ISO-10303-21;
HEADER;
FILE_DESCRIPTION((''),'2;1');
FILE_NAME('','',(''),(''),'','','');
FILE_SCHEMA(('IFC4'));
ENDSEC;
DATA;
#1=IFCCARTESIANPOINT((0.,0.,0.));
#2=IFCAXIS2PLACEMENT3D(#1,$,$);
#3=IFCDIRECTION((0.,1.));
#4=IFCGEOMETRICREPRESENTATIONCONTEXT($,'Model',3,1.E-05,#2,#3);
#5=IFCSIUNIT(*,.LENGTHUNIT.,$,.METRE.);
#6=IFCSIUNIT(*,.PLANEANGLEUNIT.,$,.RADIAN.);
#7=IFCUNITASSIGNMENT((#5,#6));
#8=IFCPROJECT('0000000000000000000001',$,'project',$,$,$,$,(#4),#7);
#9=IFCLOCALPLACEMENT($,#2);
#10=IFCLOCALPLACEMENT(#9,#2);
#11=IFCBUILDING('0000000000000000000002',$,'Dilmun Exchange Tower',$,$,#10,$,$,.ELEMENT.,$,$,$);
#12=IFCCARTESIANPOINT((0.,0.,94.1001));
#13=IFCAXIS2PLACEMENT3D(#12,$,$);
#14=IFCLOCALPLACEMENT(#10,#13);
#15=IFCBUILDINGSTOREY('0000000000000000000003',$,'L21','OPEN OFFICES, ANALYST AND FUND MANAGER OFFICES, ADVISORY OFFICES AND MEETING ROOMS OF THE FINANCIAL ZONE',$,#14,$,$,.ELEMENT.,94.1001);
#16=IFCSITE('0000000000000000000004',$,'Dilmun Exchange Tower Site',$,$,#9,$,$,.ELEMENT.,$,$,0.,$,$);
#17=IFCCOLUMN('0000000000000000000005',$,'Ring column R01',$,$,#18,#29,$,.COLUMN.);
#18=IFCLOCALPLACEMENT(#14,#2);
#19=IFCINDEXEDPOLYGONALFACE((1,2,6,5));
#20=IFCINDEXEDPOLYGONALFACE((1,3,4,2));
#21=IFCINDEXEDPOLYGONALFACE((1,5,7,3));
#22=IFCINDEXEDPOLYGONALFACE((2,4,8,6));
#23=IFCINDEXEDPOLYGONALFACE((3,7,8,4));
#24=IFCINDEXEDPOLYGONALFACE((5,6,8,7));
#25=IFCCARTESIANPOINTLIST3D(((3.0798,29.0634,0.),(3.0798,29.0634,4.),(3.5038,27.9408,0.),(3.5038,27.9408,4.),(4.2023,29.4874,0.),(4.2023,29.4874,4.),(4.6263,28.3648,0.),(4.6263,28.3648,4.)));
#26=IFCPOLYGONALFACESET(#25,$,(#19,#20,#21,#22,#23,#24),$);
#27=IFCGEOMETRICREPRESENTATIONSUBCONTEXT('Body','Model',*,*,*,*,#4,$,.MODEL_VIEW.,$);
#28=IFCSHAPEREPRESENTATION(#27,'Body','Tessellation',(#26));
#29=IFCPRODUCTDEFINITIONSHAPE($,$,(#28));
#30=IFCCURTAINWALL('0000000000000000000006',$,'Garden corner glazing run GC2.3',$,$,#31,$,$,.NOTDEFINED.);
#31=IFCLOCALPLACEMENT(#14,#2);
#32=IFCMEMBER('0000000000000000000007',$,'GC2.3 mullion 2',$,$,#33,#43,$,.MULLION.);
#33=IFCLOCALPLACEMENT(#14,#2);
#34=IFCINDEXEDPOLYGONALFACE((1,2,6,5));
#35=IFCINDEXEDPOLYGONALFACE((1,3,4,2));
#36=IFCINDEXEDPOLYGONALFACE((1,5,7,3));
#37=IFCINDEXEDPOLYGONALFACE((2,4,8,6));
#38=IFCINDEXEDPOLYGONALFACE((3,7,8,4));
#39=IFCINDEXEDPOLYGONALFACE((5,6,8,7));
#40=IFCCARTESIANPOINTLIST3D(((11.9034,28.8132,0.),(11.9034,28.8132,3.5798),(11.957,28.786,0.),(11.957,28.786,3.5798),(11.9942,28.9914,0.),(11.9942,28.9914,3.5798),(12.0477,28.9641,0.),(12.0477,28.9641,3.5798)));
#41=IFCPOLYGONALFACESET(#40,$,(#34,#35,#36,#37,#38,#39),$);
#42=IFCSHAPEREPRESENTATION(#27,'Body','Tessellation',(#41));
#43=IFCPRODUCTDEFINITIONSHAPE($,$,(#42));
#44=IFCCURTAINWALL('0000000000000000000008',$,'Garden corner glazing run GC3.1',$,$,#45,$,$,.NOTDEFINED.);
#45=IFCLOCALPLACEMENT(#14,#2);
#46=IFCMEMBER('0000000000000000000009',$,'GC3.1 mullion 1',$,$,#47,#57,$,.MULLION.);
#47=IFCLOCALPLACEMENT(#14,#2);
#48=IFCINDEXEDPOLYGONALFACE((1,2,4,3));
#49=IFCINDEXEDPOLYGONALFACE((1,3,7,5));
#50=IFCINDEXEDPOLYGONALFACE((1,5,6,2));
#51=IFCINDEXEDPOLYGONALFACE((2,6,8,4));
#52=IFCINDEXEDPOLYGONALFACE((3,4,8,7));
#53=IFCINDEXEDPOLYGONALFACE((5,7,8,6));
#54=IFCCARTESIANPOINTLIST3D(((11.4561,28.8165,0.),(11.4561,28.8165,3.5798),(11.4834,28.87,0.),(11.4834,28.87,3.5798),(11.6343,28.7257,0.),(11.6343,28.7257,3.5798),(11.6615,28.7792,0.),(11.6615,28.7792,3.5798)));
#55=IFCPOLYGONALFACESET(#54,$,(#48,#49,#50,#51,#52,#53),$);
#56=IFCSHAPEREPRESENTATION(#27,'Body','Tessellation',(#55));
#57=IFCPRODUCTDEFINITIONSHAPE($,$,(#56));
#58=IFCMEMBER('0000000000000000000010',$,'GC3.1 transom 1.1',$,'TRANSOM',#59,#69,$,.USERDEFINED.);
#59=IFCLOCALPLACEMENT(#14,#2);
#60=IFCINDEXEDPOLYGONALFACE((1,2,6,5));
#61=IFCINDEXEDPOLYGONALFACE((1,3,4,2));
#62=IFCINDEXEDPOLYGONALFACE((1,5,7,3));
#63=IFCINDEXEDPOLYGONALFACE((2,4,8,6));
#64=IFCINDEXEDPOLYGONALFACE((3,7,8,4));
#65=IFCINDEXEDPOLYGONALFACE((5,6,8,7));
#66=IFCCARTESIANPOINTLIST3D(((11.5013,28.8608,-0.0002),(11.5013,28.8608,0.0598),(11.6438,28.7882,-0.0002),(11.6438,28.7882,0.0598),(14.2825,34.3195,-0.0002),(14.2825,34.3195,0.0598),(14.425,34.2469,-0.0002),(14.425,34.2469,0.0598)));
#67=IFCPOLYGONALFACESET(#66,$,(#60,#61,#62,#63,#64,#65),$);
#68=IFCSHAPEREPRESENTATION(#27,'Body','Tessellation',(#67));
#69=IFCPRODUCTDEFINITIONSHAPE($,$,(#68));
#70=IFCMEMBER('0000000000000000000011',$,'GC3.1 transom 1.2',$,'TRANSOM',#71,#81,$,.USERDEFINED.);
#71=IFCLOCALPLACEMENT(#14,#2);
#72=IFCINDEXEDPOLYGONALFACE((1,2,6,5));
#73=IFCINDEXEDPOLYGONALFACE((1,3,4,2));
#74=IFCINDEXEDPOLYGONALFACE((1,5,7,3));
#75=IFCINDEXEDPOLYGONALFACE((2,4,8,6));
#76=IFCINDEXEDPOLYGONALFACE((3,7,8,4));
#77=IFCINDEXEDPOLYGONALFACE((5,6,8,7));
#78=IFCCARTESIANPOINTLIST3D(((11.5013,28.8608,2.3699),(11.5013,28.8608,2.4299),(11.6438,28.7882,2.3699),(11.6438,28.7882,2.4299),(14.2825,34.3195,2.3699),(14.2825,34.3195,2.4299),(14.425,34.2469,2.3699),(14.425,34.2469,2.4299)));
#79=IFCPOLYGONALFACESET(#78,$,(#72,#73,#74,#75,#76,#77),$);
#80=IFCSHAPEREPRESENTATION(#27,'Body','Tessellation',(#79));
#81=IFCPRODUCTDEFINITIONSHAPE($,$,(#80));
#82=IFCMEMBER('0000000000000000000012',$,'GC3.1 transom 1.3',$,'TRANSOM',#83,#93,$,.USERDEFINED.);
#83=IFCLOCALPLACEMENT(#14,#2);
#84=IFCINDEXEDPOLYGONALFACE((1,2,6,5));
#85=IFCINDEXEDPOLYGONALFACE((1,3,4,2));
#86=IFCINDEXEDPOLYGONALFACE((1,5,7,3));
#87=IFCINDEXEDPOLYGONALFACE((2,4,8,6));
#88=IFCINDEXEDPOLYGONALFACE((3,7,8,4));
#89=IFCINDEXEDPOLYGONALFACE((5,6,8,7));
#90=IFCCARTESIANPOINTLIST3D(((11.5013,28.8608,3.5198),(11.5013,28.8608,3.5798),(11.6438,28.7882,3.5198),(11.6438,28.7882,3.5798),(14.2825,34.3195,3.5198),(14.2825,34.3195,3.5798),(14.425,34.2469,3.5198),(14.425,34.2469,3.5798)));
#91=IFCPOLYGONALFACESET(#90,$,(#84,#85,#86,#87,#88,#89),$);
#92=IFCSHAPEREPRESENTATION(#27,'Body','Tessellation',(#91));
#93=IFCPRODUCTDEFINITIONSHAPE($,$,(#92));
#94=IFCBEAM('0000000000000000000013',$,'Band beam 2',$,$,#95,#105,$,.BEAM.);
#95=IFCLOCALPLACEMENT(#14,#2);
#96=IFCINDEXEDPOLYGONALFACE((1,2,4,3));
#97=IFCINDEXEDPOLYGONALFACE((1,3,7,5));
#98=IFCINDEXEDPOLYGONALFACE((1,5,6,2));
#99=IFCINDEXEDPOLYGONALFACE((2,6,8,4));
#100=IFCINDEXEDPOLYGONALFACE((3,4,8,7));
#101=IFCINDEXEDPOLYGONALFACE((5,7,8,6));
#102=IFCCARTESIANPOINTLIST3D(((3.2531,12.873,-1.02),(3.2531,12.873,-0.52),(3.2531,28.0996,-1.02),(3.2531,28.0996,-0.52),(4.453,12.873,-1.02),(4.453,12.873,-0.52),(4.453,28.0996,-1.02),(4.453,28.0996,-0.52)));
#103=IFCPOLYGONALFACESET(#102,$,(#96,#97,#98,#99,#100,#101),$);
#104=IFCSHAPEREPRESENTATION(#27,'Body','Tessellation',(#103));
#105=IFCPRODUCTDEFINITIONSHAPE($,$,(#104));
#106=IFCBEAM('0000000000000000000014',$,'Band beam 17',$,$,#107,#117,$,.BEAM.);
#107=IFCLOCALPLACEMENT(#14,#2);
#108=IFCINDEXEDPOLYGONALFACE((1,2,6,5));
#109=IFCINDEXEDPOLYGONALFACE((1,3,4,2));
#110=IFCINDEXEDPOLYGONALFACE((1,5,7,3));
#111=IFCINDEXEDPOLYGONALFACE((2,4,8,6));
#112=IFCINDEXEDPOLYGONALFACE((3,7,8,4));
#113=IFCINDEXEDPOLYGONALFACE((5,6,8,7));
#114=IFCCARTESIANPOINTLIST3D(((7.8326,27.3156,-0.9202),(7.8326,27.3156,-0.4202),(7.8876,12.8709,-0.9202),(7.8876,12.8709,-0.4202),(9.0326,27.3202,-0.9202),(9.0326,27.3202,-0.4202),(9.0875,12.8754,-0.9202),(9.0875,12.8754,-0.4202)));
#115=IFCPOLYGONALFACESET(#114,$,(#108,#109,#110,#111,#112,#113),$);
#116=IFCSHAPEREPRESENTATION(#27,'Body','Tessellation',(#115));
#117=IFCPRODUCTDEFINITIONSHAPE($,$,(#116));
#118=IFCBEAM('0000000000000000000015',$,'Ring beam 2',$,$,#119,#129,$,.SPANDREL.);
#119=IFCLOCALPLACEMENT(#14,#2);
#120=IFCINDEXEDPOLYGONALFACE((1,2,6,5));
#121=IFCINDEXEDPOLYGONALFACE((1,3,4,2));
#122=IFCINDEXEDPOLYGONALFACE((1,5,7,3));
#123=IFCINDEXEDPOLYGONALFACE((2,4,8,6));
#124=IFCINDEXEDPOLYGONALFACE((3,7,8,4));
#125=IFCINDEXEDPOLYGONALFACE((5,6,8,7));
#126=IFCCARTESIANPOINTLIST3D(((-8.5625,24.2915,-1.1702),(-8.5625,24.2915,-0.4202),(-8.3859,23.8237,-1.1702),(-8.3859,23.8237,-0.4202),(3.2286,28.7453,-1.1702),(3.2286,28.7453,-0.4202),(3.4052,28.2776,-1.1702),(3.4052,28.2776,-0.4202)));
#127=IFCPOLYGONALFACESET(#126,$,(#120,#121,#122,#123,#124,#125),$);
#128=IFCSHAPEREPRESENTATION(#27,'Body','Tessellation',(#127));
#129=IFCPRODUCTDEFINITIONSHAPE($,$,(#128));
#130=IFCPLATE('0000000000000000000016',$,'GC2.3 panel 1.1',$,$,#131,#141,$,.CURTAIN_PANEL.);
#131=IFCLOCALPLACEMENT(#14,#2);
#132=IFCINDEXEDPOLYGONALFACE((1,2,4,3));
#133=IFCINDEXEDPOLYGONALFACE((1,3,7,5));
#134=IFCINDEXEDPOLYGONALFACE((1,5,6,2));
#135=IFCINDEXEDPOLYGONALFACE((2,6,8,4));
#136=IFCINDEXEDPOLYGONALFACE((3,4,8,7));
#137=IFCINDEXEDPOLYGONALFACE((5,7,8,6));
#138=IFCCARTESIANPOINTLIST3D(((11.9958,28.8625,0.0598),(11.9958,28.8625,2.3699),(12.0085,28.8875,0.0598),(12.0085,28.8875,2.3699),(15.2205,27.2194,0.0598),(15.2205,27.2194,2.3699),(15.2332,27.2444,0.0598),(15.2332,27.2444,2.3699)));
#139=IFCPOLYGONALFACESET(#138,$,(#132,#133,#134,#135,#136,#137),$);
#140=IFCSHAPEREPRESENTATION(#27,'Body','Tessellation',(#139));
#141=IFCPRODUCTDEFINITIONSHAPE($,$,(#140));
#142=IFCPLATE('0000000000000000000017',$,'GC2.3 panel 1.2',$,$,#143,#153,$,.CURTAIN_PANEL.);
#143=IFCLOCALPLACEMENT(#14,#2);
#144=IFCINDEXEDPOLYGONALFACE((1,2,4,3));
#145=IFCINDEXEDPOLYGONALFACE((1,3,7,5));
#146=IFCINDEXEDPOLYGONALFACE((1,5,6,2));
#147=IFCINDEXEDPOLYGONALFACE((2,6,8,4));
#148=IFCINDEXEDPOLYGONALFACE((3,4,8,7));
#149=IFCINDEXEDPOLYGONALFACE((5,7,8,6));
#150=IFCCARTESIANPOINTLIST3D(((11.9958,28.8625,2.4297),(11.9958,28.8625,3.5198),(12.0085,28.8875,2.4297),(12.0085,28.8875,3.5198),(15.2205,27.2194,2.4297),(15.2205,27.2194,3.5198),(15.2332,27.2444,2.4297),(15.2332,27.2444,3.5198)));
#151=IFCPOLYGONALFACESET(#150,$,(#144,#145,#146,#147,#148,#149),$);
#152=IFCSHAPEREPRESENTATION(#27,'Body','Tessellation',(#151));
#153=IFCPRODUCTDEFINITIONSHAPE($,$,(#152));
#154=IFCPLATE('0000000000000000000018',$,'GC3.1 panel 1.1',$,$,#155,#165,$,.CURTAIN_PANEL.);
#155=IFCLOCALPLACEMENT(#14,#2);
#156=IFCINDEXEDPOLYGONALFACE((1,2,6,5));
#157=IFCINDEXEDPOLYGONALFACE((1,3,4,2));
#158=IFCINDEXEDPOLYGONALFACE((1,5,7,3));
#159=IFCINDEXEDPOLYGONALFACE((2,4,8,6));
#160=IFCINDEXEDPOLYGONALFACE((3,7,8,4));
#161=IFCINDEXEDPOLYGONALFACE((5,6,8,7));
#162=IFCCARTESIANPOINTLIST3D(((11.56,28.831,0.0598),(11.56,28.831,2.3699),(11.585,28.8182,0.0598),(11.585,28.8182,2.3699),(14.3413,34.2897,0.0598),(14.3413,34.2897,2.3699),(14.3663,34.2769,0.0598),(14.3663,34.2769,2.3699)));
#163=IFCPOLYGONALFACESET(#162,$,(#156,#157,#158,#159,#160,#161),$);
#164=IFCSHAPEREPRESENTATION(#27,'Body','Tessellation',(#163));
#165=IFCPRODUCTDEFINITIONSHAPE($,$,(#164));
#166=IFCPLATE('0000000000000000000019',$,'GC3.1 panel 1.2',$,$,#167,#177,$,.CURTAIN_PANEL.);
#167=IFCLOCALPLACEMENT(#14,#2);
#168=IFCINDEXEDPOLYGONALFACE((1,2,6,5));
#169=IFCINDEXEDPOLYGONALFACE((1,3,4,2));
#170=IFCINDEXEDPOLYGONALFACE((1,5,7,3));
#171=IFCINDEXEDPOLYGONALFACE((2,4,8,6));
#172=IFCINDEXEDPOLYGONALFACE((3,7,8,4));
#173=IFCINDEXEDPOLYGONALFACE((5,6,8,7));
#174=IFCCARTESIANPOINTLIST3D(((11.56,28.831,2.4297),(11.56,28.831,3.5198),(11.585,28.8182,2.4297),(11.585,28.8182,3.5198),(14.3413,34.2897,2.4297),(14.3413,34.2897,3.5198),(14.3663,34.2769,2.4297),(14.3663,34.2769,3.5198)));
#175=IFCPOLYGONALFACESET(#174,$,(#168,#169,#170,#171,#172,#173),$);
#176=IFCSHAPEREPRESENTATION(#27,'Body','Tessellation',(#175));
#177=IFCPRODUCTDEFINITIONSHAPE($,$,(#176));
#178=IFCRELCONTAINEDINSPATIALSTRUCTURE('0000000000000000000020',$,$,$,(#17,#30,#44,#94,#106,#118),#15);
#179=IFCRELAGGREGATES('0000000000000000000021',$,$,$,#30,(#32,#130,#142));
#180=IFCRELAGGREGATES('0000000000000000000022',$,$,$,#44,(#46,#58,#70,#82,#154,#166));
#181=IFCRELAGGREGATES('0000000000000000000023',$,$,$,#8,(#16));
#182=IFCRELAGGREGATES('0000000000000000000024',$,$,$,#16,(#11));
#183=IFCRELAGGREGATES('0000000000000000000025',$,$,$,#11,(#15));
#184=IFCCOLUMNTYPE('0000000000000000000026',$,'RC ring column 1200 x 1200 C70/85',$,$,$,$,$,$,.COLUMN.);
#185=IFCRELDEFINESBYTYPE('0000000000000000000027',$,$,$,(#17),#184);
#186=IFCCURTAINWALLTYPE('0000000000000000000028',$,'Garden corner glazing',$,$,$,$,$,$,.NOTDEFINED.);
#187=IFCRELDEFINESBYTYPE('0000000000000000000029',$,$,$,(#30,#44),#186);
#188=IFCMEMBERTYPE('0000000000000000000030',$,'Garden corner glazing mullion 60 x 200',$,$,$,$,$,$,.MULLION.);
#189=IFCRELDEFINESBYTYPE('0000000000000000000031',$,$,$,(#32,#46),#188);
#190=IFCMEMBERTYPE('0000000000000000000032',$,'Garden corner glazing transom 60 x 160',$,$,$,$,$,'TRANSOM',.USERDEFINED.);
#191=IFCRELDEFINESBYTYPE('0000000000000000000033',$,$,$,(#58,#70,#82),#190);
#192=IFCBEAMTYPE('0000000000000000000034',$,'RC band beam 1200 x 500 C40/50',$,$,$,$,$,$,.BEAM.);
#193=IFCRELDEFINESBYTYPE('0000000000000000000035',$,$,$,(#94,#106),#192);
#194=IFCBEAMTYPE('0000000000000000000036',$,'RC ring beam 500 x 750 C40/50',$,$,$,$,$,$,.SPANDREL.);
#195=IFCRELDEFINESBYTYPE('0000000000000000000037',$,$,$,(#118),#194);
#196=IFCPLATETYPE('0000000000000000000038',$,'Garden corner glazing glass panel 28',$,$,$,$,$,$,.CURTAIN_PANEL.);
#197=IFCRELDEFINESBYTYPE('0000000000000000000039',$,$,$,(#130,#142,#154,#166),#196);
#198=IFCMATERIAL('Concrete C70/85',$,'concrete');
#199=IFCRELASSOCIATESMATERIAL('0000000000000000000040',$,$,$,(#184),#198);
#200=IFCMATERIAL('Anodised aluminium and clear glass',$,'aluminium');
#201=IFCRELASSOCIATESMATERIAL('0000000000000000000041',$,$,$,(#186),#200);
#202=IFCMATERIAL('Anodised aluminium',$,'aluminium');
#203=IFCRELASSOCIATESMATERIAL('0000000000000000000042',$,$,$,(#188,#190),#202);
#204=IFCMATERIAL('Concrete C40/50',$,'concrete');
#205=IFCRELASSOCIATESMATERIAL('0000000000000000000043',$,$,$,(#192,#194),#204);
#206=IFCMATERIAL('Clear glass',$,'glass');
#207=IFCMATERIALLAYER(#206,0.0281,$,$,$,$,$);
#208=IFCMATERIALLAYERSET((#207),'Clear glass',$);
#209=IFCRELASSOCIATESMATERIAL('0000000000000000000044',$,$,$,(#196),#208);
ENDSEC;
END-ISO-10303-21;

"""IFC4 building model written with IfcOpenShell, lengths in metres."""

from ifc_helpers import new_model, si_unit, direction, frame, origin, origin_2d, place, context, subcontext, project, spatial, rectangle, extrude, material, layer, layer_set, material_profile, profile_set, type_object, element, aggregate, save


model = new_model("IFC4")

# Units and contexts
model_context = context("Model", 3, precision=1e-05, world=origin(), true_north=direction((0.0, 1.0)))
body_context = subcontext(model_context, "Body", "Model", "MODEL_VIEW")
ifc_project = project(units=[si_unit("LENGTHUNIT", "METRE"), si_unit("PLANEANGLEUNIT", "RADIAN")], contexts=[model_context])

# Site, building, storey
site_placement = place(None, origin())
site = spatial("IfcSite", under=ifc_project, at=site_placement, Name="Dilmun Exchange Tower Site", CompositionType="ELEMENT", RefElevation=0.0)
building_placement = place(site_placement, origin())
building = spatial("IfcBuilding", under=site, at=building_placement, Name="Dilmun Exchange Tower", CompositionType="ELEMENT")
storey_placement = place(building_placement, frame((0.0, 0.0, 94.1001)))
storey = spatial("IfcBuildingStorey", under=building, at=storey_placement, Name="L21", Description="OPEN OFFICES, ANALYST AND FUND MANAGER OFFICES, ADVISORY OFFICES AND MEETING ROOMS OF THE FINANCIAL ZONE", CompositionType="ELEMENT", Elevation=94.1001)

# Column
ifc_material_1 = material(Name="Concrete C70/85", Category="concrete")
ifc_material_profile_1 = material_profile(ifc_material_1, rectangle(XDim=1.2, YDim=1.2, at=origin_2d()), Name="1200 x 1200")
ifc_profile_set_1 = profile_set([ifc_material_profile_1], Name="Concrete C70/85")
column_type = type_object("IfcColumnType", Name="RC ring column 1200 x 1200 C70/85", PredefinedType="COLUMN", material=ifc_profile_set_1)
column_placement = place(storey_placement, frame((3.853, 28.7141, 0.0), z_axis=(0.0, 0.0, 1.0), x_axis=(0.935492, 0.353349, 0.0)))
element("IfcColumn", 1, at=column_placement, inside=storey, type_object=column_type, Name="Ring column R01", PredefinedType="COLUMN", context=body_context, shape_type="SweptSolid", body=[
    extrude(rectangle(XDim=1.2, YDim=1.2, at=origin_2d()), origin(), (0.0, 0.0, 1.0), 4.0),
])

# Curtain wall, member
ifc_material_2 = material(Name="Anodised aluminium and clear glass", Category="aluminium")
curtain_wall_type = type_object("IfcCurtainWallType", Name="Garden corner glazing", PredefinedType="NOTDEFINED", material=ifc_material_2)
curtain_wall_1_placement = place(storey_placement, origin())
curtain_wall_1 = element("IfcCurtainWall", 2, at=curtain_wall_1_placement, inside=storey, type_object=curtain_wall_type, Name="Garden corner glazing run GC2.3", PredefinedType="NOTDEFINED")
ifc_material_3 = material(Name="Anodised aluminium", Category="aluminium")
ifc_material_profile_2 = material_profile(ifc_material_3, rectangle(XDim=0.2, YDim=0.0601, at=origin_2d()), Name="AL 60x200")
ifc_profile_set_2 = profile_set([ifc_material_profile_2], Name="Anodised aluminium")
member_type_1 = type_object("IfcMemberType", Name="Garden corner glazing mullion 60 x 200", PredefinedType="MULLION", material=ifc_profile_set_2)
member_1_placement = place(storey_placement, frame((11.9756, 28.8887, 0.0), z_axis=(0.0, 0.0, 1.0), x_axis=(-0.453994, -0.891005, 0.0)))
member_1 = element("IfcMember", 3, at=member_1_placement, type_object=member_type_1, Name="GC2.3 mullion 2", PredefinedType="MULLION", context=body_context, shape_type="SweptSolid", body=[
    extrude(rectangle(XDim=0.2, YDim=0.0601, at=origin_2d()), origin(), (0.0, 0.0, 1.0), 3.5798),
])

# Curtain wall, members
curtain_wall_2_placement = place(storey_placement, origin())
curtain_wall_2 = element("IfcCurtainWall", 4, at=curtain_wall_2_placement, inside=storey, type_object=curtain_wall_type, Name="Garden corner glazing run GC3.1", PredefinedType="NOTDEFINED")
member_2_placement = place(storey_placement, frame((11.5588, 28.7979, 0.0), z_axis=(0.0, 0.0, 1.0), x_axis=(-0.891007, 0.453989, 0.0)))
member_2 = element("IfcMember", 5, at=member_2_placement, type_object=member_type_1, Name="GC3.1 mullion 1", PredefinedType="MULLION", context=body_context, shape_type="SweptSolid", body=[
    extrude(rectangle(XDim=0.2, YDim=0.0601, at=origin_2d()), origin(), (0.0, 0.0, 1.0), 3.5798),
])
ifc_material_profile_3 = material_profile(ifc_material_3, rectangle(XDim=0.1599, YDim=0.0601, at=origin_2d()), Name="AL 60x160")
ifc_profile_set_3 = profile_set([ifc_material_profile_3], Name="Anodised aluminium")
member_type_2 = type_object("IfcMemberType", Name="Garden corner glazing transom 60 x 160", ElementType="TRANSOM", PredefinedType="USERDEFINED", material=ifc_profile_set_3)
member_3_placement = place(storey_placement, frame((11.5725, 28.8245, 0.0298), z_axis=(0.453975, 0.891014, 0.0), x_axis=(-0.891014, 0.453975, 0.0)))
member_3 = element("IfcMember", 6, at=member_3_placement, type_object=member_type_2, Name="GC3.1 transom 1.1", ObjectType="TRANSOM", PredefinedType="USERDEFINED", context=body_context, shape_type="SweptSolid", body=[
    extrude(rectangle(XDim=0.1599, YDim=0.0601, at=origin_2d()), origin(), (0.0, 0.0, 1.0), 6.1265),
])
member_4_placement = place(storey_placement, frame((11.5725, 28.8245, 2.3999), z_axis=(0.453975, 0.891014, 0.0), x_axis=(-0.891014, 0.453975, 0.0)))
member_4 = element("IfcMember", 7, at=member_4_placement, type_object=member_type_2, Name="GC3.1 transom 1.2", ObjectType="TRANSOM", PredefinedType="USERDEFINED", context=body_context, shape_type="SweptSolid", body=[
    extrude(rectangle(XDim=0.1599, YDim=0.0601, at=origin_2d()), origin(), (0.0, 0.0, 1.0), 6.1265),
])
member_5_placement = place(storey_placement, frame((11.5725, 28.8245, 3.5498), z_axis=(0.453975, 0.891014, 0.0), x_axis=(-0.891014, 0.453975, 0.0)))
member_5 = element("IfcMember", 8, at=member_5_placement, type_object=member_type_2, Name="GC3.1 transom 1.3", ObjectType="TRANSOM", PredefinedType="USERDEFINED", context=body_context, shape_type="SweptSolid", body=[
    extrude(rectangle(XDim=0.1599, YDim=0.0601, at=origin_2d()), origin(), (0.0, 0.0, 1.0), 6.1265),
])

# Beams
ifc_material_4 = material(Name="Concrete C40/50", Category="concrete")
ifc_material_profile_4 = material_profile(ifc_material_4, rectangle(XDim=1.2, YDim=0.5, at=origin_2d()), Name="1200 x 500")
ifc_profile_set_4 = profile_set([ifc_material_profile_4], Name="Concrete C40/50")
beam_type_1 = type_object("IfcBeamType", Name="RC band beam 1200 x 500 C40/50", PredefinedType="BEAM", material=ifc_profile_set_4)
beam_1_placement = place(storey_placement, frame((3.853, 28.0996, -0.77), z_axis=(0.0, -1.0, 0.0), x_axis=(1.0, 0.0, 0.0)))
element("IfcBeam", 9, at=beam_1_placement, inside=storey, type_object=beam_type_1, Name="Band beam 2", PredefinedType="BEAM", context=body_context, shape_type="SweptSolid", body=[
    extrude(rectangle(XDim=1.2, YDim=0.5, at=origin_2d()), origin(), (0.0, 0.0, 1.0), 15.2266),
])
beam_2_placement = place(storey_placement, frame((8.4326, 27.3179, -0.6702), z_axis=(0.003803, -0.999993, 0.0), x_axis=(0.999993, 0.003803, 0.0)))
element("IfcBeam", 10, at=beam_2_placement, inside=storey, type_object=beam_type_1, Name="Band beam 17", PredefinedType="BEAM", context=body_context, shape_type="SweptSolid", body=[
    extrude(rectangle(XDim=1.2, YDim=0.5, at=origin_2d()), origin(), (0.0, 0.0, 1.0), 14.4448),
])
ifc_material_profile_5 = material_profile(ifc_material_4, rectangle(XDim=0.5, YDim=0.75, at=origin_2d()), Name="500 x 750")
ifc_profile_set_5 = profile_set([ifc_material_profile_5], Name="Concrete C40/50")
beam_type_2 = type_object("IfcBeamType", Name="RC ring beam 500 x 750 C40/50", PredefinedType="SPANDREL", material=ifc_profile_set_5)
beam_3_placement = place(storey_placement, frame((3.3169, 28.5115, -0.7952), z_axis=(-0.935486, -0.353364, 0.0), x_axis=(0.353364, -0.935486, 0.0)))
element("IfcBeam", 11, at=beam_3_placement, inside=storey, type_object=beam_type_2, Name="Ring beam 2", PredefinedType="SPANDREL", context=body_context, shape_type="SweptSolid", body=[
    extrude(rectangle(XDim=0.5, YDim=0.75, at=origin_2d()), origin(), (0.0, 0.0, 1.0), 12.6042),
])

# Plates
ifc_material_5 = material(Name="Clear glass", Category="glass")
ifc_layer_1 = layer(ifc_material_5, 0.0281)
ifc_layer_set_1 = layer_set([ifc_layer_1], Name="Clear glass")
plate_type = type_object("IfcPlateType", Name="Garden corner glazing glass panel 28", PredefinedType="CURTAIN_PANEL", material=ifc_layer_set_1)
plate_1_placement = place(storey_placement, frame((13.6145, 28.0535, 0.0598), z_axis=(0.0, 0.0, 1.0), x_axis=(-0.891005, 0.453994, 0.0)))
plate_1 = element("IfcPlate", 12, at=plate_1_placement, type_object=plate_type, Name="GC2.3 panel 1.1", PredefinedType="CURTAIN_PANEL", context=body_context, shape_type="SweptSolid", body=[
    extrude(rectangle(XDim=3.6191, YDim=0.0281, at=origin_2d()), origin(), (0.0, 0.0, 1.0), 2.3101),
])
plate_2_placement = place(storey_placement, frame((13.6145, 28.0535, 2.4297), z_axis=(0.0, 0.0, 1.0), x_axis=(-0.891005, 0.453994, 0.0)))
plate_2 = element("IfcPlate", 13, at=plate_2_placement, type_object=plate_type, Name="GC2.3 panel 1.2", PredefinedType="CURTAIN_PANEL", context=body_context, shape_type="SweptSolid", body=[
    extrude(rectangle(XDim=3.6191, YDim=0.0281, at=origin_2d()), origin(), (0.0, 0.0, 1.0), 1.0901),
])
aggregate(curtain_wall_1, [member_1, plate_1, plate_2])
plate_3_placement = place(storey_placement, frame((12.9631, 31.554, 0.0598), z_axis=(0.0, 0.0, 1.0), x_axis=(0.453989, 0.891007, 0.0)))
plate_3 = element("IfcPlate", 14, at=plate_3_placement, type_object=plate_type, Name="GC3.1 panel 1.1", PredefinedType="CURTAIN_PANEL", context=body_context, shape_type="SweptSolid", body=[
    extrude(rectangle(XDim=6.1265, YDim=0.0281, at=origin_2d()), origin(), (0.0, 0.0, 1.0), 2.3101),
])
plate_4_placement = place(storey_placement, frame((12.9631, 31.554, 2.4297), z_axis=(0.0, 0.0, 1.0), x_axis=(0.453989, 0.891007, 0.0)))
plate_4 = element("IfcPlate", 15, at=plate_4_placement, type_object=plate_type, Name="GC3.1 panel 1.2", PredefinedType="CURTAIN_PANEL", context=body_context, shape_type="SweptSolid", body=[
    extrude(rectangle(XDim=6.1265, YDim=0.0281, at=origin_2d()), origin(), (0.0, 0.0, 1.0), 1.0901),
])
aggregate(curtain_wall_2, [member_2, member_3, member_4, member_5, plate_3, plate_4])

save(model, "model.ifc")
